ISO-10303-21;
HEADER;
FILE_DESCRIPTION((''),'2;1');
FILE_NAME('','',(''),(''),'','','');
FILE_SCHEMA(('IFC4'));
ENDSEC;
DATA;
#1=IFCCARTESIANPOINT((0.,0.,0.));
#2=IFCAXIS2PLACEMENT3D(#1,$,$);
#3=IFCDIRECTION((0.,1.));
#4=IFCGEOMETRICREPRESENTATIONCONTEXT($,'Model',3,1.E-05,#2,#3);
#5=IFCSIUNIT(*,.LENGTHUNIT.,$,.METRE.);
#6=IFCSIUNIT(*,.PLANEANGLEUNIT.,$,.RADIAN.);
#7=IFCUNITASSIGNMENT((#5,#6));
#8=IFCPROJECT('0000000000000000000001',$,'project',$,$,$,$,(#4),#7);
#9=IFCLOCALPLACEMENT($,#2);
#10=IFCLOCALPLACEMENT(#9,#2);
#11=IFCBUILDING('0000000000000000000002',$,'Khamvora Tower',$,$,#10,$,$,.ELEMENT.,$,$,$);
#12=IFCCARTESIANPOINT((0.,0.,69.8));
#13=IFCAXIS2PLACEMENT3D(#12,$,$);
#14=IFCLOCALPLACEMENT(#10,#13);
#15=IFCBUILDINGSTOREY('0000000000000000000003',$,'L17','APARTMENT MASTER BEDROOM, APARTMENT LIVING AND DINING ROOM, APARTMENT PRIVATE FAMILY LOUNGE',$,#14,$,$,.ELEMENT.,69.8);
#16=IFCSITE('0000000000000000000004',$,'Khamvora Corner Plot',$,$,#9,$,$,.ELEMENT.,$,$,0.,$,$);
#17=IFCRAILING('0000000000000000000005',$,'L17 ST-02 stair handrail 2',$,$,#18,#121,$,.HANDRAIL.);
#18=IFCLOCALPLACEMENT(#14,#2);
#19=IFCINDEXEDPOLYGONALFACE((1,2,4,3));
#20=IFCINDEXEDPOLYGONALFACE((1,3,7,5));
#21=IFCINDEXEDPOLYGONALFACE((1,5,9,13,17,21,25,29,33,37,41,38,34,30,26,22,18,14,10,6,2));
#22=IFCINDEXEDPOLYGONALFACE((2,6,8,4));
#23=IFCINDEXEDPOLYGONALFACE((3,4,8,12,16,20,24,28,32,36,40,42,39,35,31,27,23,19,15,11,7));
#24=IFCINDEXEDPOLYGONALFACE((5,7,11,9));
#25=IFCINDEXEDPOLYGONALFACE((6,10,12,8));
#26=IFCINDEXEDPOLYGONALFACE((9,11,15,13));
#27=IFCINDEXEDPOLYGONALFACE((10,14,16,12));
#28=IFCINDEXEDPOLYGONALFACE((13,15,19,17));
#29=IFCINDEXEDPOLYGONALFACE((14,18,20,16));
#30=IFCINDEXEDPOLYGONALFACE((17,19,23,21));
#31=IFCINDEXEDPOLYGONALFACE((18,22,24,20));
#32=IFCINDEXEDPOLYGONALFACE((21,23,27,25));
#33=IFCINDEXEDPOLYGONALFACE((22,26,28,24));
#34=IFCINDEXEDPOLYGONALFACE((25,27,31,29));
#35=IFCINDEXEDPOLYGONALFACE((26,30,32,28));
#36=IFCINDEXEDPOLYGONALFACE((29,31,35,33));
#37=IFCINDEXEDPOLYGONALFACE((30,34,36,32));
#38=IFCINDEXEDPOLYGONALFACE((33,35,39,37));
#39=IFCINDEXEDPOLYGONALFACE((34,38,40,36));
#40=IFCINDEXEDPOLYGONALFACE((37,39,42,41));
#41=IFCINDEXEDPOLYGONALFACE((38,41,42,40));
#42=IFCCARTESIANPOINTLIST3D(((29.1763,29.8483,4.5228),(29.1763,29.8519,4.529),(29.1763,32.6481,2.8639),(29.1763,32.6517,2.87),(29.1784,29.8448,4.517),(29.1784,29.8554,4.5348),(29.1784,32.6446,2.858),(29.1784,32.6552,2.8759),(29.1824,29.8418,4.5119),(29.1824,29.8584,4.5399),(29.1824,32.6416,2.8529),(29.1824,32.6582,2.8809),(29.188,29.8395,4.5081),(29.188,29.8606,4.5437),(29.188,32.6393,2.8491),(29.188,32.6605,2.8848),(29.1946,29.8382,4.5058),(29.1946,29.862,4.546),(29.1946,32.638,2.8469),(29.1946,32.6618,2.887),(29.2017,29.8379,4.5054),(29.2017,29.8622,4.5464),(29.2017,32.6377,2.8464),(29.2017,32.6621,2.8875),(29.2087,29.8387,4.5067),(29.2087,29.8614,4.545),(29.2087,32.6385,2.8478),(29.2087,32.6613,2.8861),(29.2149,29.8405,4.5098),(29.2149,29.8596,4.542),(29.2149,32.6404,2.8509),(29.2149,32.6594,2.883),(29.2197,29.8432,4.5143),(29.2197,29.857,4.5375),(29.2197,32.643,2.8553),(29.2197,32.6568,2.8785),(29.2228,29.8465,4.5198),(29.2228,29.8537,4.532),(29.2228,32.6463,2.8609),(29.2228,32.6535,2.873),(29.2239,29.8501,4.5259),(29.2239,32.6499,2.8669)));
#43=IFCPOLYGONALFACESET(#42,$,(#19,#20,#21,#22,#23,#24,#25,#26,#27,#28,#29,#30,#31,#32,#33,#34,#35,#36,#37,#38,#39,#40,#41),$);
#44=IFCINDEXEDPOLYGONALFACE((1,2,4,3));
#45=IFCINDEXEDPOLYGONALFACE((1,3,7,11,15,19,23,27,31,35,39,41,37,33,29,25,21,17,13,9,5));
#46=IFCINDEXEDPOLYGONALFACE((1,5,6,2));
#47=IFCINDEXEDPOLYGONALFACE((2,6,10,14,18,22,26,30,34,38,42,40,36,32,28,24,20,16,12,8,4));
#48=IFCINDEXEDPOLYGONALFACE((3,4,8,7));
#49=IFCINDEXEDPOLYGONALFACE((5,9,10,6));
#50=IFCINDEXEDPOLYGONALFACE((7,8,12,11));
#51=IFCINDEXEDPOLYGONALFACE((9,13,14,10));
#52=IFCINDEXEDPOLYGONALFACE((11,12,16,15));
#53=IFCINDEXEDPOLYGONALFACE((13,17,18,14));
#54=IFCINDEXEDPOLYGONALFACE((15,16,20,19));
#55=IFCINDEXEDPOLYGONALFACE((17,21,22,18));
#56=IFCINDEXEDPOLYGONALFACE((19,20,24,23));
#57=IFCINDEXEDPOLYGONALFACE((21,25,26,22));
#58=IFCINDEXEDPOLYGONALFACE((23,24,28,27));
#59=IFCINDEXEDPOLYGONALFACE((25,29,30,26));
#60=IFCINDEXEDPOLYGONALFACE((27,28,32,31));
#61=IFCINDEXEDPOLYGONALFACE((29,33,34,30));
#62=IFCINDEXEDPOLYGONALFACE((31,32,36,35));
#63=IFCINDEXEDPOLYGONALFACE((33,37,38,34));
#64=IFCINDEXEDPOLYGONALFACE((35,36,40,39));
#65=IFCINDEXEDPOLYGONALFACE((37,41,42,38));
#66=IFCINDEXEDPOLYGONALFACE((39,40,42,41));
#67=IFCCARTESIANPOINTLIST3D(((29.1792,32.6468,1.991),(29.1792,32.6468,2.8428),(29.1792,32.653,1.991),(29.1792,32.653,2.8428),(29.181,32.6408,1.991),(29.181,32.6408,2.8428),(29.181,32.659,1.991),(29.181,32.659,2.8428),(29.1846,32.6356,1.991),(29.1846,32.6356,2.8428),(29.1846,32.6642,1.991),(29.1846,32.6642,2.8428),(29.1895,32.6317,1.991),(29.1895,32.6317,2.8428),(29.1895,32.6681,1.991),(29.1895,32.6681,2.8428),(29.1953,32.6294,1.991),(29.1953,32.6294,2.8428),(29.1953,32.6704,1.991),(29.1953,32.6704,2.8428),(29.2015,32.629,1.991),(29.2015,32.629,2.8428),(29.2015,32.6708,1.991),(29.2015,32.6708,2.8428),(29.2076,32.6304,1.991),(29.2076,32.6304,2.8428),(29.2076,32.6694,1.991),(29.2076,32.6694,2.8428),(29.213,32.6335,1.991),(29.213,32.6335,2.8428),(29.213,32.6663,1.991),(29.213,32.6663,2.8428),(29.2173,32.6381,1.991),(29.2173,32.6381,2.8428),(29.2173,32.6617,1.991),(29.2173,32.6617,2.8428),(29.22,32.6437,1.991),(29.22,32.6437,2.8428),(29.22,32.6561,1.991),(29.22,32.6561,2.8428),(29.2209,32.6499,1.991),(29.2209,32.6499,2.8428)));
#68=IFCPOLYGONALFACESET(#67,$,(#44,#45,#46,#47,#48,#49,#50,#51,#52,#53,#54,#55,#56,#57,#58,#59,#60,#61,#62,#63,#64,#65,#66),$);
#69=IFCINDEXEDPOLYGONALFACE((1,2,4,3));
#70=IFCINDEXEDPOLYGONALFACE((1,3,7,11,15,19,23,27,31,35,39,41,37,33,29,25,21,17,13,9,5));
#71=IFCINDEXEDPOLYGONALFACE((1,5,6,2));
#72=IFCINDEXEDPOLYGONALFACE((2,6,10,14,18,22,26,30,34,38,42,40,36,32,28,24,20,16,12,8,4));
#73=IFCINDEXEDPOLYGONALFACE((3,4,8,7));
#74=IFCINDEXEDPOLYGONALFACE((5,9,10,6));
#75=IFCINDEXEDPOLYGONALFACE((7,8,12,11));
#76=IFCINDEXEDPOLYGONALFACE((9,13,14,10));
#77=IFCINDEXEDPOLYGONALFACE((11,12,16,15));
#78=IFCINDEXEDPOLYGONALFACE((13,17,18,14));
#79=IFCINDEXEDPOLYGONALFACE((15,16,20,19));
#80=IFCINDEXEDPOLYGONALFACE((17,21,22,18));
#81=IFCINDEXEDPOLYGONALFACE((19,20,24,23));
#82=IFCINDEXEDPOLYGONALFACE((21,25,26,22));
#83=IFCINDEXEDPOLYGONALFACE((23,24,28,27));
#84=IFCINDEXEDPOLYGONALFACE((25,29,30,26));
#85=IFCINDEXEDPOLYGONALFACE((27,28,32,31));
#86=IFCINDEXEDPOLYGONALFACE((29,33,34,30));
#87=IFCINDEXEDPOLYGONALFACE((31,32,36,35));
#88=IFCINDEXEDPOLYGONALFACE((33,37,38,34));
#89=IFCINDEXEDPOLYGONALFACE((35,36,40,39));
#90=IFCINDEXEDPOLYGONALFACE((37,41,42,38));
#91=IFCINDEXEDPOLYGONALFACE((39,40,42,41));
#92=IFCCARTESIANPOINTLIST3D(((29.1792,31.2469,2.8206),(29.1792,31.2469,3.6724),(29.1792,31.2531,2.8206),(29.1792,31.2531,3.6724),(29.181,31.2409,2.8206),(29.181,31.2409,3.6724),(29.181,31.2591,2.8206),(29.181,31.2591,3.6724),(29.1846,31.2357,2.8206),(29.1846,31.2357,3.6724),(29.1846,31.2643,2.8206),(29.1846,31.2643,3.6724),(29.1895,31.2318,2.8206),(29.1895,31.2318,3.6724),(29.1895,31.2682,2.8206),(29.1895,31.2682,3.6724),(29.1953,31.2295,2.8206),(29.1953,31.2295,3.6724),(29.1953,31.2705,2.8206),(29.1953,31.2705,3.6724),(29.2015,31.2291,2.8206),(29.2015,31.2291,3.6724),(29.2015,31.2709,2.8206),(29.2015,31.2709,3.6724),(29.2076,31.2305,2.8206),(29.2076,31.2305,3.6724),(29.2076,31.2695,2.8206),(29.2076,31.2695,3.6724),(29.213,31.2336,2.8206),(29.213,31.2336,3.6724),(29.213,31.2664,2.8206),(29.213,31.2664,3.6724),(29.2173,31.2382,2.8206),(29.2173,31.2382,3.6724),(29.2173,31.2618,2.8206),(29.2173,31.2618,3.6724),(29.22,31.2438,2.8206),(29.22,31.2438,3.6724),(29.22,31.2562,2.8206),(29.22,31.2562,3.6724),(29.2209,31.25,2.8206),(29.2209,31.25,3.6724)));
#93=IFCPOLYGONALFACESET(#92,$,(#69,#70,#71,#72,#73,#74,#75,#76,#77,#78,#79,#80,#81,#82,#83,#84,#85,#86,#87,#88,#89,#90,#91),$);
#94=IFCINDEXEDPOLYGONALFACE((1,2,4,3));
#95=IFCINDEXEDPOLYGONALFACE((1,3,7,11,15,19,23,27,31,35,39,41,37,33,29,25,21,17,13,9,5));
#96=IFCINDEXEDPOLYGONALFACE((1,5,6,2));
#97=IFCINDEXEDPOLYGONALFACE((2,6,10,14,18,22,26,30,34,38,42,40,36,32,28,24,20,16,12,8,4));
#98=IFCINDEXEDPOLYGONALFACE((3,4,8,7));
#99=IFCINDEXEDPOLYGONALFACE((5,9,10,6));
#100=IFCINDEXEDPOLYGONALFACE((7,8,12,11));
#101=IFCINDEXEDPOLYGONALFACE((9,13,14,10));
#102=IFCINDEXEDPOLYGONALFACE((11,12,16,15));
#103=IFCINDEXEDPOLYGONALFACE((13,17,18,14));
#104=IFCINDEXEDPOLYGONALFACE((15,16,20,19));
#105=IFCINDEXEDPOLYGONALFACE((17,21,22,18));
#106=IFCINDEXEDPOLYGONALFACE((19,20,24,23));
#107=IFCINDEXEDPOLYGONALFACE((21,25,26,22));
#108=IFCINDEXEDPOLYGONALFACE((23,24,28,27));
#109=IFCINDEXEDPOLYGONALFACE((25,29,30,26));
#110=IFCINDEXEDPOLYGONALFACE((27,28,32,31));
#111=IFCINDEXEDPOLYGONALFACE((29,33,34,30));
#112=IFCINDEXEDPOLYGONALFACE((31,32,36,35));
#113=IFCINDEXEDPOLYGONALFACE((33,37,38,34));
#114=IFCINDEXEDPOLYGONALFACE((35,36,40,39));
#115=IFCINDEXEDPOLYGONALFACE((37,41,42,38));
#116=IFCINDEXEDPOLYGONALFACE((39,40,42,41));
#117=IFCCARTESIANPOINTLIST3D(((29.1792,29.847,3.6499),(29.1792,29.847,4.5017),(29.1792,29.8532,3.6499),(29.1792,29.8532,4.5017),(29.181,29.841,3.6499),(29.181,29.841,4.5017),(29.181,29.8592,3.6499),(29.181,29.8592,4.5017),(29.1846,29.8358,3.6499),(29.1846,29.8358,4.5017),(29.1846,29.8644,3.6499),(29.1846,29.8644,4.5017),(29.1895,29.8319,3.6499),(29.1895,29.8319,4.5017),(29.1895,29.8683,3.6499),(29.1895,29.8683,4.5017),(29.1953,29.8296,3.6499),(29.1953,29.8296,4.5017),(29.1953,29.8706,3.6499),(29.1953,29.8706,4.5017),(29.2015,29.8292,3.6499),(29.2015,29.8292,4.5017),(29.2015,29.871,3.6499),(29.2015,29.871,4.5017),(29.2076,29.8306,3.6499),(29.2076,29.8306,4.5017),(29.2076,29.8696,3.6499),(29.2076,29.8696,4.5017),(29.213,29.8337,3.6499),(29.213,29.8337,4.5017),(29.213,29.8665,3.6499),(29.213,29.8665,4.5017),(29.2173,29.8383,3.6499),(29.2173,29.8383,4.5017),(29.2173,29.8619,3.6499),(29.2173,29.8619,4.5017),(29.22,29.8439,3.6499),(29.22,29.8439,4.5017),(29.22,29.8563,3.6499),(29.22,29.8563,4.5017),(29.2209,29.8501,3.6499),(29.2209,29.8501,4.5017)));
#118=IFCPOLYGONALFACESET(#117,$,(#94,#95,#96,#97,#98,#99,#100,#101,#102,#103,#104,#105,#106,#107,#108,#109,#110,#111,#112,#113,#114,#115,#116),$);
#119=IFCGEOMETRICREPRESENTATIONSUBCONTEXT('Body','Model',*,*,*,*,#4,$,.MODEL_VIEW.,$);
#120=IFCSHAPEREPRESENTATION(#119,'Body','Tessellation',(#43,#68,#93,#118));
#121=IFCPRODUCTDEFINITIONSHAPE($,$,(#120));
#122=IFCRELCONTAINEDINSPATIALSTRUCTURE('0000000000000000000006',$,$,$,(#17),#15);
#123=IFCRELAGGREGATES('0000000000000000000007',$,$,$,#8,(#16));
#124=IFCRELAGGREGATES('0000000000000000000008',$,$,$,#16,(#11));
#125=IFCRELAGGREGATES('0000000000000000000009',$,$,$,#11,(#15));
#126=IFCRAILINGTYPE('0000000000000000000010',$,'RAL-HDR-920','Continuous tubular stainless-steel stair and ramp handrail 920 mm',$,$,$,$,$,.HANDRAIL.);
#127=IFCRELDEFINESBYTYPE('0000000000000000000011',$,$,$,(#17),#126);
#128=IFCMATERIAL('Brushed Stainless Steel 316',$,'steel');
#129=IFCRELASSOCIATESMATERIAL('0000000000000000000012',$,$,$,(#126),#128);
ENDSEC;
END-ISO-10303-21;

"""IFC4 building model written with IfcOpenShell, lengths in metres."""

from ifc_helpers import new_model, si_unit, direction, frame, origin, origin_2d, place, context, subcontext, project, spatial, circle, extrude, material, type_object, element, save


model = new_model("IFC4")

# Units and contexts
model_context = context("Model", 3, precision=1e-05, world=origin(), true_north=direction((0.0, 1.0)))
body_context = subcontext(model_context, "Body", "Model", "MODEL_VIEW")
ifc_project = project(units=[si_unit("LENGTHUNIT", "METRE"), si_unit("PLANEANGLEUNIT", "RADIAN")], contexts=[model_context])

# Site, building, storey
site_placement = place(None, origin())
site = spatial("IfcSite", under=ifc_project, at=site_placement, Name="Khamvora Corner Plot", CompositionType="ELEMENT", RefElevation=0.0)
building_placement = place(site_placement, origin())
building = spatial("IfcBuilding", under=site, at=building_placement, Name="Khamvora Tower", CompositionType="ELEMENT")
storey_placement = place(building_placement, frame((0.0, 0.0, 69.8)))
storey = spatial("IfcBuildingStorey", under=building, at=storey_placement, Name="L17", Description="APARTMENT MASTER BEDROOM, APARTMENT LIVING AND DINING ROOM, APARTMENT PRIVATE FAMILY LOUNGE", CompositionType="ELEMENT", Elevation=69.8)

# Railing
ifc_material_1 = material(Name="Brushed Stainless Steel 316", Category="steel")
railing_type = type_object("IfcRailingType", Name="RAL-HDR-920", Description="Continuous tubular stainless-steel stair and ramp handrail 920 mm", PredefinedType="HANDRAIL", material=ifc_material_1)
railing_placement = place(storey_placement, frame((29.2, 32.6499, 1.991)))
element("IfcRailing", 1, at=railing_placement, inside=storey, type_object=railing_type, Name="L17 ST-02 stair handrail 2", PredefinedType="HANDRAIL", context=body_context, shape_type="SweptSolid", body=[
    extrude(circle(Radius=0.0239, at=origin_2d()), frame((0.0, 0.0, 0.876), z_axis=(0.0, -0.86032, 0.509755), x_axis=(1.0, 0.0, 0.0)), (0.0, 0.0, 1.0), 3.2544),
    extrude(circle(Radius=0.021, at=origin_2d()), origin(), (0.0, 0.0, 1.0), 0.8518),
    extrude(circle(Radius=0.021, at=origin_2d()), frame((0.0, -1.3999, 0.8296)), (0.0, 0.0, 1.0), 0.8518),
    extrude(circle(Radius=0.021, at=origin_2d()), frame((0.0, -2.7998, 1.6589)), (0.0, 0.0, 1.0), 0.8518),
])

save(model, "model.ifc")
